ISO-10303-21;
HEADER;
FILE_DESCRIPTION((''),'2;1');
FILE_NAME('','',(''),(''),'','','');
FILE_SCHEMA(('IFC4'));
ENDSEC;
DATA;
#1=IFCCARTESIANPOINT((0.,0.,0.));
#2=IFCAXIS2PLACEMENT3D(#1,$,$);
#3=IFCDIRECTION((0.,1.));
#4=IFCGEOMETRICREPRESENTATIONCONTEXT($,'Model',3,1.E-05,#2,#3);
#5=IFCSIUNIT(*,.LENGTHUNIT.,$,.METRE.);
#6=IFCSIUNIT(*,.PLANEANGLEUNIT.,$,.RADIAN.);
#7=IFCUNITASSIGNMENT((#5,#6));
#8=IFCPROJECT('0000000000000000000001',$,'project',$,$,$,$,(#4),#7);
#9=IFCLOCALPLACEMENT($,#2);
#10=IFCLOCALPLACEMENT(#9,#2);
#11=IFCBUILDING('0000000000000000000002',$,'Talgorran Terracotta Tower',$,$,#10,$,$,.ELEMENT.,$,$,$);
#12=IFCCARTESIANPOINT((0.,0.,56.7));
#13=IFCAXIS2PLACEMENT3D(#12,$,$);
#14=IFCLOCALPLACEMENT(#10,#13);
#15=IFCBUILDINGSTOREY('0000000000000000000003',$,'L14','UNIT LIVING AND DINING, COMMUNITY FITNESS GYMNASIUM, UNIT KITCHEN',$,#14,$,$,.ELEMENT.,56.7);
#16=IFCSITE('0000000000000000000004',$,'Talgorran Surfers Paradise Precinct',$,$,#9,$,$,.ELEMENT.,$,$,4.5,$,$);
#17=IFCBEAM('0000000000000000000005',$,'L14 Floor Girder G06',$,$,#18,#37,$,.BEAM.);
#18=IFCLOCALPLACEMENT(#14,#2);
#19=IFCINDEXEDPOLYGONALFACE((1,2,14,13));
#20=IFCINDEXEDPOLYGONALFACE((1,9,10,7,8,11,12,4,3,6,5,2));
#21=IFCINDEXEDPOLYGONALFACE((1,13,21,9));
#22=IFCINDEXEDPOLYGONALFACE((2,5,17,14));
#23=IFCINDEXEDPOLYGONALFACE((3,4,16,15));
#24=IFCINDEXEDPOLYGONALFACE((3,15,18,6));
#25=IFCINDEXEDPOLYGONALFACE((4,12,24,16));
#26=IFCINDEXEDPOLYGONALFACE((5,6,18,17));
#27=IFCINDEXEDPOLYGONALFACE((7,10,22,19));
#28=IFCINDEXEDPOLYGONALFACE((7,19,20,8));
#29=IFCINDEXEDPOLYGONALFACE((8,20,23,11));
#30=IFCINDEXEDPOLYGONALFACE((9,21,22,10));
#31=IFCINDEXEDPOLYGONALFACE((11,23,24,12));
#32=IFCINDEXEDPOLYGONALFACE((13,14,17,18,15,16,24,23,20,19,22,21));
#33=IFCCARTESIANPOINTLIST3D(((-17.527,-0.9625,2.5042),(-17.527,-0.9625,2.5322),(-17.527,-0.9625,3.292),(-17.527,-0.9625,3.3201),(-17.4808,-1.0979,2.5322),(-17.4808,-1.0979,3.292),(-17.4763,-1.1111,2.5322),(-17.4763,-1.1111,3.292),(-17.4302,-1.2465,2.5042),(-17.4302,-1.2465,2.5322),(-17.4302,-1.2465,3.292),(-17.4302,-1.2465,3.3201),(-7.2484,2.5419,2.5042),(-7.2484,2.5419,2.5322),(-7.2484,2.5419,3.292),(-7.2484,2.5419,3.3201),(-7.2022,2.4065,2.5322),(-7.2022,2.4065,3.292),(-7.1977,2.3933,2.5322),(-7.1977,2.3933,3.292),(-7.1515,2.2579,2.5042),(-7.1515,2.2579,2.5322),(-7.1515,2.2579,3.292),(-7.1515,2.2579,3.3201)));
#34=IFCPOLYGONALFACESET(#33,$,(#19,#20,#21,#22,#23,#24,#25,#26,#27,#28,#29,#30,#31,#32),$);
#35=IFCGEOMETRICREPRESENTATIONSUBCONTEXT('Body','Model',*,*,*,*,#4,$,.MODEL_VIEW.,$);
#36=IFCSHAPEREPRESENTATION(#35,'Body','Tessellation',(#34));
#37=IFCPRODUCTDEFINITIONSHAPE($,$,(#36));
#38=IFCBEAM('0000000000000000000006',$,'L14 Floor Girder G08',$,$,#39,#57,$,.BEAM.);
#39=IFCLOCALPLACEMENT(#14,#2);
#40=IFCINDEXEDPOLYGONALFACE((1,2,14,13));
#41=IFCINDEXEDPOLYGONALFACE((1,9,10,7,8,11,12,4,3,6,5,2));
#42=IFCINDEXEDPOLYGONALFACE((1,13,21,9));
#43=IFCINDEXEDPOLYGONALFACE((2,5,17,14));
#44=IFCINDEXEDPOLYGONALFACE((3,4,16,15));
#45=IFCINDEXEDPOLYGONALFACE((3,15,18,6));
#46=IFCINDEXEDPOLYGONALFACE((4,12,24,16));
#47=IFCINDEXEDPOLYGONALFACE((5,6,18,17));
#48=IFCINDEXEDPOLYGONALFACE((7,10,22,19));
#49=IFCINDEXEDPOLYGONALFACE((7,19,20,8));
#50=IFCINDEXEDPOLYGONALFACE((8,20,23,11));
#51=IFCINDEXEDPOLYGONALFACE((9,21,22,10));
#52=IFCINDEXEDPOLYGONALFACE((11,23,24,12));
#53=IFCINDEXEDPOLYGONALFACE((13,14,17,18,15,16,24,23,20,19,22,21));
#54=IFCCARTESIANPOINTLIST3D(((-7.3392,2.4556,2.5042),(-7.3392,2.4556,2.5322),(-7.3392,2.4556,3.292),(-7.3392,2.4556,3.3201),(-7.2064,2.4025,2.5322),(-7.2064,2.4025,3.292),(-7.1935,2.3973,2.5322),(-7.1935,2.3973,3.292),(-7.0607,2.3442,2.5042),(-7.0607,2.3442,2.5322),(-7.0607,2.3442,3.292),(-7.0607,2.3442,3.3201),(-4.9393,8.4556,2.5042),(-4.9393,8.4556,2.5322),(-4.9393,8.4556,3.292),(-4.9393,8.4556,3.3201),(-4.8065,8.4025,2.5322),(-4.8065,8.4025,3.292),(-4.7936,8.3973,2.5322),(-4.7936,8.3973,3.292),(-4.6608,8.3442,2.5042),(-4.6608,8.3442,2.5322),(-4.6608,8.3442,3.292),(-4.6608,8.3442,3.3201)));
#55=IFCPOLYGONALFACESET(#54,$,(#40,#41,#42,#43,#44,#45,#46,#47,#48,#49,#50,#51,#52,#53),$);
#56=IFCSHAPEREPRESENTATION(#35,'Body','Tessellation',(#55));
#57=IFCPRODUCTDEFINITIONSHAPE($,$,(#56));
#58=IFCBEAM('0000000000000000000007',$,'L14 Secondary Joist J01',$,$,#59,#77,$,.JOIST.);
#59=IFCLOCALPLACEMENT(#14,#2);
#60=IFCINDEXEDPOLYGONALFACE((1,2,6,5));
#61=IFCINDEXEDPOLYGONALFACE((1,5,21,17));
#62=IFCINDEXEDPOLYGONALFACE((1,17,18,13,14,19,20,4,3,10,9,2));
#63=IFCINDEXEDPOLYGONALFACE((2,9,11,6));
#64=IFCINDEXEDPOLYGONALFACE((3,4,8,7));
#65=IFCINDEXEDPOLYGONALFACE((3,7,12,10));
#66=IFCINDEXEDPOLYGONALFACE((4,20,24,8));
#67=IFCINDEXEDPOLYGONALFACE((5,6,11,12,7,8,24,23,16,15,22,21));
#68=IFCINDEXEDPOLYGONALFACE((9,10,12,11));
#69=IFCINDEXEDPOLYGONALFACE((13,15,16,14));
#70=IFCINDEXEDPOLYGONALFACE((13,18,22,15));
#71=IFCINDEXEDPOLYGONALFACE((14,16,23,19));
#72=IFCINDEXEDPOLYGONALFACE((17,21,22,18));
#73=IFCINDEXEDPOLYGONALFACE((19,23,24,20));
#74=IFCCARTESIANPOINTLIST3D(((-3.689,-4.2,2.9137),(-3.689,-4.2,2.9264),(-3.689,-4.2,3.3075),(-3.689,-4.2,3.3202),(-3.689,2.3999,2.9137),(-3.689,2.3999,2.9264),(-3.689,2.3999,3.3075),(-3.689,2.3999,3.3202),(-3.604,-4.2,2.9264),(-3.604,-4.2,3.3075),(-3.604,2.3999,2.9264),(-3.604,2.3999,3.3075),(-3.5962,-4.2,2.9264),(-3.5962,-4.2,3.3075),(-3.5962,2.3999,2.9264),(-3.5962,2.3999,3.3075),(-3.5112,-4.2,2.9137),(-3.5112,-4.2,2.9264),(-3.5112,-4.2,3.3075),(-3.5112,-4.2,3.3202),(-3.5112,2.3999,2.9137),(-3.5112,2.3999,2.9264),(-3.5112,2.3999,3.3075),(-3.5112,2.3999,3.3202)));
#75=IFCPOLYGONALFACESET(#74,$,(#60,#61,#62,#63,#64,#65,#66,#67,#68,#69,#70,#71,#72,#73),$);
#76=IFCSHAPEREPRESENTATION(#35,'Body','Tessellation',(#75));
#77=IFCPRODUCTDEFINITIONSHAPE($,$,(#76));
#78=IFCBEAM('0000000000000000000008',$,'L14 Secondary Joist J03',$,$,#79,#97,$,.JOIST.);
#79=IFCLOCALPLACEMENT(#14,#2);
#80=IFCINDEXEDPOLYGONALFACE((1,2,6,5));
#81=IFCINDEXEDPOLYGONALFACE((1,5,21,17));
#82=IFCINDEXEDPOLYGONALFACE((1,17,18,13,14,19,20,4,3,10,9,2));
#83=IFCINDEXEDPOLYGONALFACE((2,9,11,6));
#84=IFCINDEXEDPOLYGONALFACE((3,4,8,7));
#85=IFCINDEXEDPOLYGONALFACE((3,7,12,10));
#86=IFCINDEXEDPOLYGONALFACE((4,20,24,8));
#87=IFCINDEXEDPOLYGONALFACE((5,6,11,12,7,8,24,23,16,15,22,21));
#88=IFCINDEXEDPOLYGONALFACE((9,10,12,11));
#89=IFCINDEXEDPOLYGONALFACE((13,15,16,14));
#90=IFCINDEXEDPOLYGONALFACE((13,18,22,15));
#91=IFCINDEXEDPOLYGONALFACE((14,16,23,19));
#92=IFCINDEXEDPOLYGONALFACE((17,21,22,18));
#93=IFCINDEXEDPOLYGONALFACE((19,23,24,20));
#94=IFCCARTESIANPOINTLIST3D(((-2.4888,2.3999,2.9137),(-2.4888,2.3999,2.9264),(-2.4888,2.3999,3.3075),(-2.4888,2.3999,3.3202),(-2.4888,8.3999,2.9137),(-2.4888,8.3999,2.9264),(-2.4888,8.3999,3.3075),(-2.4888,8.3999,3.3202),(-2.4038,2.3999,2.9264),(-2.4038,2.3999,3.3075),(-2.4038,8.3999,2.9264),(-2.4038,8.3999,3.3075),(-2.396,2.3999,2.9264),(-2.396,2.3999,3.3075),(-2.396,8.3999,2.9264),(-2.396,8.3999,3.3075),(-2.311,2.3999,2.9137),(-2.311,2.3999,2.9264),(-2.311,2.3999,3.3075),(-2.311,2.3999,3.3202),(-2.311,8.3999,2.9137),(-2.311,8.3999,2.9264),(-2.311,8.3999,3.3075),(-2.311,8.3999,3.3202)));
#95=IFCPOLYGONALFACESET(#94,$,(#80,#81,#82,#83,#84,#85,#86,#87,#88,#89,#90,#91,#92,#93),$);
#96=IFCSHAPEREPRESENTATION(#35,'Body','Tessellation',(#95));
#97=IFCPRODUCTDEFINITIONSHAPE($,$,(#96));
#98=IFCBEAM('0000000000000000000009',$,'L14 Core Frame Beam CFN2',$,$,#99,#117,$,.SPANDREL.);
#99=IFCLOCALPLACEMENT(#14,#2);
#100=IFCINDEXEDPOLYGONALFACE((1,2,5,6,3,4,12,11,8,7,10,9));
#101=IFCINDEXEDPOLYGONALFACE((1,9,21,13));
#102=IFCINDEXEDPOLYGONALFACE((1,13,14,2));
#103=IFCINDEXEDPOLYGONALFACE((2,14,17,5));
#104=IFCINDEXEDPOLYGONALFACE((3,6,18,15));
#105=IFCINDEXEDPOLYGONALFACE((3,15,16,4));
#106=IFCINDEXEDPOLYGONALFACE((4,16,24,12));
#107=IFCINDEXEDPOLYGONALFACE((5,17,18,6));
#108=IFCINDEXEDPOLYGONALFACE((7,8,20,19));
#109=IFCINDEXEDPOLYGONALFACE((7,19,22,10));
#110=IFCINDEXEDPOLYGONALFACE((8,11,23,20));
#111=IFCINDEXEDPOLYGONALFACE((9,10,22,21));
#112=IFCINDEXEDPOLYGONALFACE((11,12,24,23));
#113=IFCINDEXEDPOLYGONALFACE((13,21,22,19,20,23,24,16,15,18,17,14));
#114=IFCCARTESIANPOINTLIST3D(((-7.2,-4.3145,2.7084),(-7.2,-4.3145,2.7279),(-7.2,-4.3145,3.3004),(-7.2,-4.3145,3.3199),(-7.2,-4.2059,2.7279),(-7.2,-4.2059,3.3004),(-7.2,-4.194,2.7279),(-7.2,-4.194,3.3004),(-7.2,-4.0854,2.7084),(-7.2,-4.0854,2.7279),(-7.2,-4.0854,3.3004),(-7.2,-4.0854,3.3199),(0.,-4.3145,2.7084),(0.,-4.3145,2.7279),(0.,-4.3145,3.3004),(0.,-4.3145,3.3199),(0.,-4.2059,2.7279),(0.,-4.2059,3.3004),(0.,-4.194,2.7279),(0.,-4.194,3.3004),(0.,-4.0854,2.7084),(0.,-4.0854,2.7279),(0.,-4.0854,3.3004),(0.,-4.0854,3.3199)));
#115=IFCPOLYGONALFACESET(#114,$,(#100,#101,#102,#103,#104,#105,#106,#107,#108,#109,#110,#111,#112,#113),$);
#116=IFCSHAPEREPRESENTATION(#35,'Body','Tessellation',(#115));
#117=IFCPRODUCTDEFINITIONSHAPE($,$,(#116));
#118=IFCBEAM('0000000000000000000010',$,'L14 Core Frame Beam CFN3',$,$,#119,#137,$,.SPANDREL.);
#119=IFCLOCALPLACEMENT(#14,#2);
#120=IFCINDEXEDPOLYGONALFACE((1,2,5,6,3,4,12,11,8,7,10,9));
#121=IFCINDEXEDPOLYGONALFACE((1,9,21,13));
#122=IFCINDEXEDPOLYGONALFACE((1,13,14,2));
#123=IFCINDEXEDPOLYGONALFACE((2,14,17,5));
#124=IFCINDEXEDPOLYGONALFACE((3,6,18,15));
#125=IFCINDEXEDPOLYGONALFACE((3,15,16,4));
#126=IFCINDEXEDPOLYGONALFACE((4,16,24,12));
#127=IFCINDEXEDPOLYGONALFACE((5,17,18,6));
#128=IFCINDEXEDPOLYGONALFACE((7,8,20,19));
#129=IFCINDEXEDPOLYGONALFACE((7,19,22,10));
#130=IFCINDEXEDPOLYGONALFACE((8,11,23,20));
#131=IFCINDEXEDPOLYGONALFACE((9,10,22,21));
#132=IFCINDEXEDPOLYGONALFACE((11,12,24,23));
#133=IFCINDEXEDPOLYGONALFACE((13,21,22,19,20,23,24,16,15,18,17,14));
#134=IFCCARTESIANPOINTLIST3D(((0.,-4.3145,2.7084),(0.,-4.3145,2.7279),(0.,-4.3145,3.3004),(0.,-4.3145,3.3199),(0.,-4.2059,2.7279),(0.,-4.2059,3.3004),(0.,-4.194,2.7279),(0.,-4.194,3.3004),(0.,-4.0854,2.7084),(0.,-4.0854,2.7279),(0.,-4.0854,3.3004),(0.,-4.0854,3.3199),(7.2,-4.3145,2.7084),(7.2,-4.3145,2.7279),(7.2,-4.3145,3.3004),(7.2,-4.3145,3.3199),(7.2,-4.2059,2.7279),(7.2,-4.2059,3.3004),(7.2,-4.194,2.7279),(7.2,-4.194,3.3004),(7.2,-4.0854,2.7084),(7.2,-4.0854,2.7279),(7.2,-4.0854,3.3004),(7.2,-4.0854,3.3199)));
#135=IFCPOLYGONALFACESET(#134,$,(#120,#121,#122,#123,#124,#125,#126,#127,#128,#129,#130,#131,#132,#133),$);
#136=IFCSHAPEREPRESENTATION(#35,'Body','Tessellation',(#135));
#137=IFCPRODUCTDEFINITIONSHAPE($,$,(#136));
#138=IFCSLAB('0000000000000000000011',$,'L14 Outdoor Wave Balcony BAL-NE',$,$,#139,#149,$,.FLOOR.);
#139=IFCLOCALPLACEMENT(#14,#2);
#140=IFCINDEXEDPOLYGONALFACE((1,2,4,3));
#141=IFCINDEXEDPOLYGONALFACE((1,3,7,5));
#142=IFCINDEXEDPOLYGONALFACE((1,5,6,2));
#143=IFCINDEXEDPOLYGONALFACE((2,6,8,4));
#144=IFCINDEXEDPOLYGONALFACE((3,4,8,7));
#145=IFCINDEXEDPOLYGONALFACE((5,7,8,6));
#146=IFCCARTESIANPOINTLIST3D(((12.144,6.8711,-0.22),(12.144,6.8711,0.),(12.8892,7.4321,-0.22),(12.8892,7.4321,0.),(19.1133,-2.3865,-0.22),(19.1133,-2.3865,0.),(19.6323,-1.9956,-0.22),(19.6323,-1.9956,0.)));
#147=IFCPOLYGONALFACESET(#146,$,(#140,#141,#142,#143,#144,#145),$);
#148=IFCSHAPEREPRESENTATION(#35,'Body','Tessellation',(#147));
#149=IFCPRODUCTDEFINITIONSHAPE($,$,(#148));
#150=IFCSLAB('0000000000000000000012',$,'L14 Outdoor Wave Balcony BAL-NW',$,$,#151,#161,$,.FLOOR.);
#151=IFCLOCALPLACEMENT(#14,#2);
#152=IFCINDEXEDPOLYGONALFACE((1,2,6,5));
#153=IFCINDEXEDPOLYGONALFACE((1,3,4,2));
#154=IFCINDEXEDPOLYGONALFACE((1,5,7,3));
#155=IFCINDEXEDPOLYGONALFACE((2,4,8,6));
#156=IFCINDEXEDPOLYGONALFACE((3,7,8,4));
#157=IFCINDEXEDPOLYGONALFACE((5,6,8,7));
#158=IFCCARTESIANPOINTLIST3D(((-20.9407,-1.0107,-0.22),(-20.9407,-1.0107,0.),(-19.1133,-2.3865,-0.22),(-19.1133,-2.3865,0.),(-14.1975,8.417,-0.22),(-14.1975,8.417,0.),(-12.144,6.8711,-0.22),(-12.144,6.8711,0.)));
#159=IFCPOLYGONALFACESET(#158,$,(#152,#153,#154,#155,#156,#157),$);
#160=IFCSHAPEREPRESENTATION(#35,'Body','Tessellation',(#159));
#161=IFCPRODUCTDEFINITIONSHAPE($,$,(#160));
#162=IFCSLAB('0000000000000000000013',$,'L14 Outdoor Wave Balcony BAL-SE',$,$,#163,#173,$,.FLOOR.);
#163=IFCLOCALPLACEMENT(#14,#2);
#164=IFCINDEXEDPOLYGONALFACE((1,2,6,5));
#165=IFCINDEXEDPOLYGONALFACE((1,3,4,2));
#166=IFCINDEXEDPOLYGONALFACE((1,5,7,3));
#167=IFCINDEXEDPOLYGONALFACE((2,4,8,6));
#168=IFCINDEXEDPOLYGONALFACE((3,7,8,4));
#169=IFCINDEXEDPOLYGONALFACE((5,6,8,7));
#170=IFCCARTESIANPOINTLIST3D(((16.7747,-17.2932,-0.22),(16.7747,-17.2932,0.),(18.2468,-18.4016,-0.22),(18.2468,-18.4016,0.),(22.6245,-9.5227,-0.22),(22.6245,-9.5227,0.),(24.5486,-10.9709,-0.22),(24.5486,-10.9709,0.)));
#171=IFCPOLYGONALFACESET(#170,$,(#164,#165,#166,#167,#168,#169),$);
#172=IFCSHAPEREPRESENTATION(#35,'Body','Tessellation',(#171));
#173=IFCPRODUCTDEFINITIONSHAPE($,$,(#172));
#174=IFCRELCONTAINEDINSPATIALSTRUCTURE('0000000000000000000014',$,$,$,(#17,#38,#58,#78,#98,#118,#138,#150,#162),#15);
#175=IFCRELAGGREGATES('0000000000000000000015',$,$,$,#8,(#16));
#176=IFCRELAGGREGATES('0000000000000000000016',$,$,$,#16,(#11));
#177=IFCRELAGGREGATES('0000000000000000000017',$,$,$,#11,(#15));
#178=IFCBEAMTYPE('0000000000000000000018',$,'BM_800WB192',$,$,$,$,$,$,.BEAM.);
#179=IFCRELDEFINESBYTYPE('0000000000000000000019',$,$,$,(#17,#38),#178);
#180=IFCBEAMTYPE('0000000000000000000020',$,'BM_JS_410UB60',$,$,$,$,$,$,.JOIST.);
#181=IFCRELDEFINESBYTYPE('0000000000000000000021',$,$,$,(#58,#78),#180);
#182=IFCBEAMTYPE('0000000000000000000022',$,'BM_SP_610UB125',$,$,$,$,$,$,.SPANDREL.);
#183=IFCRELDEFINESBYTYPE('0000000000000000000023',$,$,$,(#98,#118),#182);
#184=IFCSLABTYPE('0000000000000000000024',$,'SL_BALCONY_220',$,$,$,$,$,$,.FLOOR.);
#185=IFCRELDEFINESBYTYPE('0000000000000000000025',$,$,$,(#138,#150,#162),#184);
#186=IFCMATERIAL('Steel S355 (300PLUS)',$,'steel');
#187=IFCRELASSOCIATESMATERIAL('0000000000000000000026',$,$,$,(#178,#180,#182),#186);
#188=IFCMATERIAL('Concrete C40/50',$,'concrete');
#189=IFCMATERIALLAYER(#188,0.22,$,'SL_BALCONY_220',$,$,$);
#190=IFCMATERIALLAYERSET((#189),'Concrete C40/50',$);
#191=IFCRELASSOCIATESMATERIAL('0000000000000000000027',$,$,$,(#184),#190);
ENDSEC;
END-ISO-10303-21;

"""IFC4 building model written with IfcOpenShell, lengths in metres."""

from ifc_helpers import new_model, si_unit, direction, frame, origin, origin_2d, place, context, subcontext, project, spatial, polyline, i_section, outline, extrude, material, layer, layer_set, material_profile, profile_set, type_object, element, save


model = new_model("IFC4")

# Units and contexts
model_context = context("Model", 3, precision=1e-05, world=origin(), true_north=direction((0.0, 1.0)))
body_context = subcontext(model_context, "Body", "Model", "MODEL_VIEW")
ifc_project = project(units=[si_unit("LENGTHUNIT", "METRE"), si_unit("PLANEANGLEUNIT", "RADIAN")], contexts=[model_context])

# Site, building, storey
site_placement = place(None, origin())
site = spatial("IfcSite", under=ifc_project, at=site_placement, Name="Talgorran Surfers Paradise Precinct", CompositionType="ELEMENT", RefElevation=4.5)
building_placement = place(site_placement, origin())
building = spatial("IfcBuilding", under=site, at=building_placement, Name="Talgorran Terracotta Tower", CompositionType="ELEMENT")
storey_placement = place(building_placement, frame((0.0, 0.0, 56.7)))
storey = spatial("IfcBuildingStorey", under=building, at=storey_placement, Name="L14", Description="UNIT LIVING AND DINING, COMMUNITY FITNESS GYMNASIUM, UNIT KITCHEN", CompositionType="ELEMENT", Elevation=56.7)

# Shared definitions
ifc_material_1 = material(Name="Steel S355 (300PLUS)", Category="steel")

# Beams
ifc_material_profile_1 = material_profile(ifc_material_1, i_section(OverallWidth=0.3, OverallDepth=0.8159, WebThickness=0.0139, FlangeThickness=0.0281, at=origin_2d()), Name="800WB192")
ifc_profile_set_1 = profile_set([ifc_material_profile_1], Name="Steel S355 (300PLUS)")
beam_type_1 = type_object("IfcBeamType", Name="BM_800WB192", PredefinedType="BEAM", material=ifc_profile_set_1)
beam_1_placement = place(storey_placement, frame((-7.2, 2.3999, 2.9121), z_axis=(-0.946501, -0.322702, 0.0), x_axis=(0.322702, -0.946501, 0.0)))
element("IfcBeam", 1, at=beam_1_placement, inside=storey, type_object=beam_type_1, Name="L14 Floor Girder G06", PredefinedType="BEAM", context=body_context, shape_type="SweptSolid", body=[
    extrude(i_section(OverallWidth=0.3, OverallDepth=0.8159, WebThickness=0.0139, FlangeThickness=0.0281, at=origin_2d()), origin(), (0.0, 0.0, 1.0), 10.8596),
])
beam_2_placement = place(storey_placement, frame((-7.2, 2.3999, 2.9121), z_axis=(0.371378, 0.928482, 0.0), x_axis=(-0.928482, 0.371378, 0.0)))
element("IfcBeam", 2, at=beam_2_placement, inside=storey, type_object=beam_type_1, Name="L14 Floor Girder G08", PredefinedType="BEAM", context=body_context, shape_type="SweptSolid", body=[
    extrude(i_section(OverallWidth=0.3, OverallDepth=0.8159, WebThickness=0.0139, FlangeThickness=0.0281, at=origin_2d()), origin(), (0.0, 0.0, 1.0), 6.4622),
])
ifc_material_profile_2 = material_profile(ifc_material_1, i_section(OverallWidth=0.1777, OverallDepth=0.4065, WebThickness=0.0078, FlangeThickness=0.0127, at=origin_2d()), Name="410UB59.7")
ifc_profile_set_2 = profile_set([ifc_material_profile_2], Name="Steel S355 (300PLUS)")
beam_type_2 = type_object("IfcBeamType", Name="BM_JS_410UB60", PredefinedType="JOIST", material=ifc_profile_set_2)
beam_3_placement = place(storey_placement, frame((-3.6001, -4.2, 3.1169), z_axis=(0.0, 1.0, 0.0), x_axis=(-1.0, 0.0, 0.0)))
element("IfcBeam", 3, at=beam_3_placement, inside=storey, type_object=beam_type_2, Name="L14 Secondary Joist J01", PredefinedType="JOIST", context=body_context, shape_type="SweptSolid", body=[
    extrude(i_section(OverallWidth=0.1777, OverallDepth=0.4065, WebThickness=0.0078, FlangeThickness=0.0127, at=origin_2d()), origin(), (0.0, 0.0, 1.0), 6.5999),
])
beam_4_placement = place(storey_placement, frame((-2.3999, 2.3999, 3.1169), z_axis=(0.0, 1.0, 0.0), x_axis=(-1.0, 0.0, 0.0)))
element("IfcBeam", 4, at=beam_4_placement, inside=storey, type_object=beam_type_2, Name="L14 Secondary Joist J03", PredefinedType="JOIST", context=body_context, shape_type="SweptSolid", body=[
    extrude(i_section(OverallWidth=0.1777, OverallDepth=0.4065, WebThickness=0.0078, FlangeThickness=0.0127, at=origin_2d()), origin(), (0.0, 0.0, 1.0), 6.0),
])
ifc_material_profile_3 = material_profile(ifc_material_1, i_section(OverallWidth=0.229, OverallDepth=0.6116, WebThickness=0.012, FlangeThickness=0.0195, at=origin_2d()), Name="610UB125")
ifc_profile_set_3 = profile_set([ifc_material_profile_3], Name="Steel S355 (300PLUS)")
beam_type_3 = type_object("IfcBeamType", Name="BM_SP_610UB125", PredefinedType="SPANDREL", material=ifc_profile_set_3)
for number, where, z_axis, x_axis, name in (
    (5, (-7.2, -4.2, 3.0142), (1.0, 0.0, 0.0), (0.0, 1.0, 0.0), "L14 Core Frame Beam CFN2"),
    (6, (0.0, -4.2, 3.0142), (1.0, 0.0, 0.0), (0.0, 1.0, 0.0), "L14 Core Frame Beam CFN3"),
):
    element("IfcBeam", number, at=place(storey_placement, frame(where, z_axis=z_axis, x_axis=x_axis)), inside=storey, type_object=beam_type_3, Name=name, PredefinedType="SPANDREL", context=body_context, shape_type="SweptSolid", body=[
        extrude(i_section(OverallWidth=0.229, OverallDepth=0.6116, WebThickness=0.012, FlangeThickness=0.0195, at=origin_2d()), origin(), (0.0, 0.0, 1.0), 7.2),
    ])

# Slabs
ifc_material_2 = material(Name="Concrete C40/50", Category="concrete")
ifc_layer_1 = layer(ifc_material_2, 0.22, Name="SL_BALCONY_220")
ifc_layer_set_1 = layer_set([ifc_layer_1], Name="Concrete C40/50")
slab_type_1 = type_object("IfcSlabType", Name="SL_BALCONY_220", PredefinedType="FLOOR", material=ifc_layer_set_1)
slab_1_placement = place(storey_placement, frame((0.0, 0.0, -0.22)))
element("IfcSlab", 7, at=slab_1_placement, inside=storey, type_object=slab_type_1, Name="L14 Outdoor Wave Balcony BAL-NE", PredefinedType="FLOOR", context=body_context, shape_type="SweptSolid", body=[
    extrude(outline(polyline([(12.144, 6.8711), (19.1133, -2.3865), (19.6323, -1.9956), (12.8892, 7.4321), (12.144, 6.8711)])), origin(), (0.0, 0.0, 1.0), 0.22),
])
slab_2_placement = place(storey_placement, frame((0.0, 0.0, -0.22)))
element("IfcSlab", 8, at=slab_2_placement, inside=storey, type_object=slab_type_1, Name="L14 Outdoor Wave Balcony BAL-NW", PredefinedType="FLOOR", context=body_context, shape_type="SweptSolid", body=[
    extrude(outline(polyline([(-19.1133, -2.3865), (-12.144, 6.8711), (-14.1975, 8.417), (-20.9407, -1.0107), (-19.1133, -2.3865)])), origin(), (0.0, 0.0, 1.0), 0.22),
])
slab_3_placement = place(storey_placement, frame((0.0, 0.0, -0.22)))
element("IfcSlab", 9, at=slab_3_placement, inside=storey, type_object=slab_type_1, Name="L14 Outdoor Wave Balcony BAL-SE", PredefinedType="FLOOR", context=body_context, shape_type="SweptSolid", body=[
    extrude(outline(polyline([(22.6245, -9.5227), (16.7747, -17.2932), (18.2468, -18.4016), (24.5486, -10.9709), (22.6245, -9.5227)])), origin(), (0.0, 0.0, 1.0), 0.22),
])

save(model, "model.ifc")
